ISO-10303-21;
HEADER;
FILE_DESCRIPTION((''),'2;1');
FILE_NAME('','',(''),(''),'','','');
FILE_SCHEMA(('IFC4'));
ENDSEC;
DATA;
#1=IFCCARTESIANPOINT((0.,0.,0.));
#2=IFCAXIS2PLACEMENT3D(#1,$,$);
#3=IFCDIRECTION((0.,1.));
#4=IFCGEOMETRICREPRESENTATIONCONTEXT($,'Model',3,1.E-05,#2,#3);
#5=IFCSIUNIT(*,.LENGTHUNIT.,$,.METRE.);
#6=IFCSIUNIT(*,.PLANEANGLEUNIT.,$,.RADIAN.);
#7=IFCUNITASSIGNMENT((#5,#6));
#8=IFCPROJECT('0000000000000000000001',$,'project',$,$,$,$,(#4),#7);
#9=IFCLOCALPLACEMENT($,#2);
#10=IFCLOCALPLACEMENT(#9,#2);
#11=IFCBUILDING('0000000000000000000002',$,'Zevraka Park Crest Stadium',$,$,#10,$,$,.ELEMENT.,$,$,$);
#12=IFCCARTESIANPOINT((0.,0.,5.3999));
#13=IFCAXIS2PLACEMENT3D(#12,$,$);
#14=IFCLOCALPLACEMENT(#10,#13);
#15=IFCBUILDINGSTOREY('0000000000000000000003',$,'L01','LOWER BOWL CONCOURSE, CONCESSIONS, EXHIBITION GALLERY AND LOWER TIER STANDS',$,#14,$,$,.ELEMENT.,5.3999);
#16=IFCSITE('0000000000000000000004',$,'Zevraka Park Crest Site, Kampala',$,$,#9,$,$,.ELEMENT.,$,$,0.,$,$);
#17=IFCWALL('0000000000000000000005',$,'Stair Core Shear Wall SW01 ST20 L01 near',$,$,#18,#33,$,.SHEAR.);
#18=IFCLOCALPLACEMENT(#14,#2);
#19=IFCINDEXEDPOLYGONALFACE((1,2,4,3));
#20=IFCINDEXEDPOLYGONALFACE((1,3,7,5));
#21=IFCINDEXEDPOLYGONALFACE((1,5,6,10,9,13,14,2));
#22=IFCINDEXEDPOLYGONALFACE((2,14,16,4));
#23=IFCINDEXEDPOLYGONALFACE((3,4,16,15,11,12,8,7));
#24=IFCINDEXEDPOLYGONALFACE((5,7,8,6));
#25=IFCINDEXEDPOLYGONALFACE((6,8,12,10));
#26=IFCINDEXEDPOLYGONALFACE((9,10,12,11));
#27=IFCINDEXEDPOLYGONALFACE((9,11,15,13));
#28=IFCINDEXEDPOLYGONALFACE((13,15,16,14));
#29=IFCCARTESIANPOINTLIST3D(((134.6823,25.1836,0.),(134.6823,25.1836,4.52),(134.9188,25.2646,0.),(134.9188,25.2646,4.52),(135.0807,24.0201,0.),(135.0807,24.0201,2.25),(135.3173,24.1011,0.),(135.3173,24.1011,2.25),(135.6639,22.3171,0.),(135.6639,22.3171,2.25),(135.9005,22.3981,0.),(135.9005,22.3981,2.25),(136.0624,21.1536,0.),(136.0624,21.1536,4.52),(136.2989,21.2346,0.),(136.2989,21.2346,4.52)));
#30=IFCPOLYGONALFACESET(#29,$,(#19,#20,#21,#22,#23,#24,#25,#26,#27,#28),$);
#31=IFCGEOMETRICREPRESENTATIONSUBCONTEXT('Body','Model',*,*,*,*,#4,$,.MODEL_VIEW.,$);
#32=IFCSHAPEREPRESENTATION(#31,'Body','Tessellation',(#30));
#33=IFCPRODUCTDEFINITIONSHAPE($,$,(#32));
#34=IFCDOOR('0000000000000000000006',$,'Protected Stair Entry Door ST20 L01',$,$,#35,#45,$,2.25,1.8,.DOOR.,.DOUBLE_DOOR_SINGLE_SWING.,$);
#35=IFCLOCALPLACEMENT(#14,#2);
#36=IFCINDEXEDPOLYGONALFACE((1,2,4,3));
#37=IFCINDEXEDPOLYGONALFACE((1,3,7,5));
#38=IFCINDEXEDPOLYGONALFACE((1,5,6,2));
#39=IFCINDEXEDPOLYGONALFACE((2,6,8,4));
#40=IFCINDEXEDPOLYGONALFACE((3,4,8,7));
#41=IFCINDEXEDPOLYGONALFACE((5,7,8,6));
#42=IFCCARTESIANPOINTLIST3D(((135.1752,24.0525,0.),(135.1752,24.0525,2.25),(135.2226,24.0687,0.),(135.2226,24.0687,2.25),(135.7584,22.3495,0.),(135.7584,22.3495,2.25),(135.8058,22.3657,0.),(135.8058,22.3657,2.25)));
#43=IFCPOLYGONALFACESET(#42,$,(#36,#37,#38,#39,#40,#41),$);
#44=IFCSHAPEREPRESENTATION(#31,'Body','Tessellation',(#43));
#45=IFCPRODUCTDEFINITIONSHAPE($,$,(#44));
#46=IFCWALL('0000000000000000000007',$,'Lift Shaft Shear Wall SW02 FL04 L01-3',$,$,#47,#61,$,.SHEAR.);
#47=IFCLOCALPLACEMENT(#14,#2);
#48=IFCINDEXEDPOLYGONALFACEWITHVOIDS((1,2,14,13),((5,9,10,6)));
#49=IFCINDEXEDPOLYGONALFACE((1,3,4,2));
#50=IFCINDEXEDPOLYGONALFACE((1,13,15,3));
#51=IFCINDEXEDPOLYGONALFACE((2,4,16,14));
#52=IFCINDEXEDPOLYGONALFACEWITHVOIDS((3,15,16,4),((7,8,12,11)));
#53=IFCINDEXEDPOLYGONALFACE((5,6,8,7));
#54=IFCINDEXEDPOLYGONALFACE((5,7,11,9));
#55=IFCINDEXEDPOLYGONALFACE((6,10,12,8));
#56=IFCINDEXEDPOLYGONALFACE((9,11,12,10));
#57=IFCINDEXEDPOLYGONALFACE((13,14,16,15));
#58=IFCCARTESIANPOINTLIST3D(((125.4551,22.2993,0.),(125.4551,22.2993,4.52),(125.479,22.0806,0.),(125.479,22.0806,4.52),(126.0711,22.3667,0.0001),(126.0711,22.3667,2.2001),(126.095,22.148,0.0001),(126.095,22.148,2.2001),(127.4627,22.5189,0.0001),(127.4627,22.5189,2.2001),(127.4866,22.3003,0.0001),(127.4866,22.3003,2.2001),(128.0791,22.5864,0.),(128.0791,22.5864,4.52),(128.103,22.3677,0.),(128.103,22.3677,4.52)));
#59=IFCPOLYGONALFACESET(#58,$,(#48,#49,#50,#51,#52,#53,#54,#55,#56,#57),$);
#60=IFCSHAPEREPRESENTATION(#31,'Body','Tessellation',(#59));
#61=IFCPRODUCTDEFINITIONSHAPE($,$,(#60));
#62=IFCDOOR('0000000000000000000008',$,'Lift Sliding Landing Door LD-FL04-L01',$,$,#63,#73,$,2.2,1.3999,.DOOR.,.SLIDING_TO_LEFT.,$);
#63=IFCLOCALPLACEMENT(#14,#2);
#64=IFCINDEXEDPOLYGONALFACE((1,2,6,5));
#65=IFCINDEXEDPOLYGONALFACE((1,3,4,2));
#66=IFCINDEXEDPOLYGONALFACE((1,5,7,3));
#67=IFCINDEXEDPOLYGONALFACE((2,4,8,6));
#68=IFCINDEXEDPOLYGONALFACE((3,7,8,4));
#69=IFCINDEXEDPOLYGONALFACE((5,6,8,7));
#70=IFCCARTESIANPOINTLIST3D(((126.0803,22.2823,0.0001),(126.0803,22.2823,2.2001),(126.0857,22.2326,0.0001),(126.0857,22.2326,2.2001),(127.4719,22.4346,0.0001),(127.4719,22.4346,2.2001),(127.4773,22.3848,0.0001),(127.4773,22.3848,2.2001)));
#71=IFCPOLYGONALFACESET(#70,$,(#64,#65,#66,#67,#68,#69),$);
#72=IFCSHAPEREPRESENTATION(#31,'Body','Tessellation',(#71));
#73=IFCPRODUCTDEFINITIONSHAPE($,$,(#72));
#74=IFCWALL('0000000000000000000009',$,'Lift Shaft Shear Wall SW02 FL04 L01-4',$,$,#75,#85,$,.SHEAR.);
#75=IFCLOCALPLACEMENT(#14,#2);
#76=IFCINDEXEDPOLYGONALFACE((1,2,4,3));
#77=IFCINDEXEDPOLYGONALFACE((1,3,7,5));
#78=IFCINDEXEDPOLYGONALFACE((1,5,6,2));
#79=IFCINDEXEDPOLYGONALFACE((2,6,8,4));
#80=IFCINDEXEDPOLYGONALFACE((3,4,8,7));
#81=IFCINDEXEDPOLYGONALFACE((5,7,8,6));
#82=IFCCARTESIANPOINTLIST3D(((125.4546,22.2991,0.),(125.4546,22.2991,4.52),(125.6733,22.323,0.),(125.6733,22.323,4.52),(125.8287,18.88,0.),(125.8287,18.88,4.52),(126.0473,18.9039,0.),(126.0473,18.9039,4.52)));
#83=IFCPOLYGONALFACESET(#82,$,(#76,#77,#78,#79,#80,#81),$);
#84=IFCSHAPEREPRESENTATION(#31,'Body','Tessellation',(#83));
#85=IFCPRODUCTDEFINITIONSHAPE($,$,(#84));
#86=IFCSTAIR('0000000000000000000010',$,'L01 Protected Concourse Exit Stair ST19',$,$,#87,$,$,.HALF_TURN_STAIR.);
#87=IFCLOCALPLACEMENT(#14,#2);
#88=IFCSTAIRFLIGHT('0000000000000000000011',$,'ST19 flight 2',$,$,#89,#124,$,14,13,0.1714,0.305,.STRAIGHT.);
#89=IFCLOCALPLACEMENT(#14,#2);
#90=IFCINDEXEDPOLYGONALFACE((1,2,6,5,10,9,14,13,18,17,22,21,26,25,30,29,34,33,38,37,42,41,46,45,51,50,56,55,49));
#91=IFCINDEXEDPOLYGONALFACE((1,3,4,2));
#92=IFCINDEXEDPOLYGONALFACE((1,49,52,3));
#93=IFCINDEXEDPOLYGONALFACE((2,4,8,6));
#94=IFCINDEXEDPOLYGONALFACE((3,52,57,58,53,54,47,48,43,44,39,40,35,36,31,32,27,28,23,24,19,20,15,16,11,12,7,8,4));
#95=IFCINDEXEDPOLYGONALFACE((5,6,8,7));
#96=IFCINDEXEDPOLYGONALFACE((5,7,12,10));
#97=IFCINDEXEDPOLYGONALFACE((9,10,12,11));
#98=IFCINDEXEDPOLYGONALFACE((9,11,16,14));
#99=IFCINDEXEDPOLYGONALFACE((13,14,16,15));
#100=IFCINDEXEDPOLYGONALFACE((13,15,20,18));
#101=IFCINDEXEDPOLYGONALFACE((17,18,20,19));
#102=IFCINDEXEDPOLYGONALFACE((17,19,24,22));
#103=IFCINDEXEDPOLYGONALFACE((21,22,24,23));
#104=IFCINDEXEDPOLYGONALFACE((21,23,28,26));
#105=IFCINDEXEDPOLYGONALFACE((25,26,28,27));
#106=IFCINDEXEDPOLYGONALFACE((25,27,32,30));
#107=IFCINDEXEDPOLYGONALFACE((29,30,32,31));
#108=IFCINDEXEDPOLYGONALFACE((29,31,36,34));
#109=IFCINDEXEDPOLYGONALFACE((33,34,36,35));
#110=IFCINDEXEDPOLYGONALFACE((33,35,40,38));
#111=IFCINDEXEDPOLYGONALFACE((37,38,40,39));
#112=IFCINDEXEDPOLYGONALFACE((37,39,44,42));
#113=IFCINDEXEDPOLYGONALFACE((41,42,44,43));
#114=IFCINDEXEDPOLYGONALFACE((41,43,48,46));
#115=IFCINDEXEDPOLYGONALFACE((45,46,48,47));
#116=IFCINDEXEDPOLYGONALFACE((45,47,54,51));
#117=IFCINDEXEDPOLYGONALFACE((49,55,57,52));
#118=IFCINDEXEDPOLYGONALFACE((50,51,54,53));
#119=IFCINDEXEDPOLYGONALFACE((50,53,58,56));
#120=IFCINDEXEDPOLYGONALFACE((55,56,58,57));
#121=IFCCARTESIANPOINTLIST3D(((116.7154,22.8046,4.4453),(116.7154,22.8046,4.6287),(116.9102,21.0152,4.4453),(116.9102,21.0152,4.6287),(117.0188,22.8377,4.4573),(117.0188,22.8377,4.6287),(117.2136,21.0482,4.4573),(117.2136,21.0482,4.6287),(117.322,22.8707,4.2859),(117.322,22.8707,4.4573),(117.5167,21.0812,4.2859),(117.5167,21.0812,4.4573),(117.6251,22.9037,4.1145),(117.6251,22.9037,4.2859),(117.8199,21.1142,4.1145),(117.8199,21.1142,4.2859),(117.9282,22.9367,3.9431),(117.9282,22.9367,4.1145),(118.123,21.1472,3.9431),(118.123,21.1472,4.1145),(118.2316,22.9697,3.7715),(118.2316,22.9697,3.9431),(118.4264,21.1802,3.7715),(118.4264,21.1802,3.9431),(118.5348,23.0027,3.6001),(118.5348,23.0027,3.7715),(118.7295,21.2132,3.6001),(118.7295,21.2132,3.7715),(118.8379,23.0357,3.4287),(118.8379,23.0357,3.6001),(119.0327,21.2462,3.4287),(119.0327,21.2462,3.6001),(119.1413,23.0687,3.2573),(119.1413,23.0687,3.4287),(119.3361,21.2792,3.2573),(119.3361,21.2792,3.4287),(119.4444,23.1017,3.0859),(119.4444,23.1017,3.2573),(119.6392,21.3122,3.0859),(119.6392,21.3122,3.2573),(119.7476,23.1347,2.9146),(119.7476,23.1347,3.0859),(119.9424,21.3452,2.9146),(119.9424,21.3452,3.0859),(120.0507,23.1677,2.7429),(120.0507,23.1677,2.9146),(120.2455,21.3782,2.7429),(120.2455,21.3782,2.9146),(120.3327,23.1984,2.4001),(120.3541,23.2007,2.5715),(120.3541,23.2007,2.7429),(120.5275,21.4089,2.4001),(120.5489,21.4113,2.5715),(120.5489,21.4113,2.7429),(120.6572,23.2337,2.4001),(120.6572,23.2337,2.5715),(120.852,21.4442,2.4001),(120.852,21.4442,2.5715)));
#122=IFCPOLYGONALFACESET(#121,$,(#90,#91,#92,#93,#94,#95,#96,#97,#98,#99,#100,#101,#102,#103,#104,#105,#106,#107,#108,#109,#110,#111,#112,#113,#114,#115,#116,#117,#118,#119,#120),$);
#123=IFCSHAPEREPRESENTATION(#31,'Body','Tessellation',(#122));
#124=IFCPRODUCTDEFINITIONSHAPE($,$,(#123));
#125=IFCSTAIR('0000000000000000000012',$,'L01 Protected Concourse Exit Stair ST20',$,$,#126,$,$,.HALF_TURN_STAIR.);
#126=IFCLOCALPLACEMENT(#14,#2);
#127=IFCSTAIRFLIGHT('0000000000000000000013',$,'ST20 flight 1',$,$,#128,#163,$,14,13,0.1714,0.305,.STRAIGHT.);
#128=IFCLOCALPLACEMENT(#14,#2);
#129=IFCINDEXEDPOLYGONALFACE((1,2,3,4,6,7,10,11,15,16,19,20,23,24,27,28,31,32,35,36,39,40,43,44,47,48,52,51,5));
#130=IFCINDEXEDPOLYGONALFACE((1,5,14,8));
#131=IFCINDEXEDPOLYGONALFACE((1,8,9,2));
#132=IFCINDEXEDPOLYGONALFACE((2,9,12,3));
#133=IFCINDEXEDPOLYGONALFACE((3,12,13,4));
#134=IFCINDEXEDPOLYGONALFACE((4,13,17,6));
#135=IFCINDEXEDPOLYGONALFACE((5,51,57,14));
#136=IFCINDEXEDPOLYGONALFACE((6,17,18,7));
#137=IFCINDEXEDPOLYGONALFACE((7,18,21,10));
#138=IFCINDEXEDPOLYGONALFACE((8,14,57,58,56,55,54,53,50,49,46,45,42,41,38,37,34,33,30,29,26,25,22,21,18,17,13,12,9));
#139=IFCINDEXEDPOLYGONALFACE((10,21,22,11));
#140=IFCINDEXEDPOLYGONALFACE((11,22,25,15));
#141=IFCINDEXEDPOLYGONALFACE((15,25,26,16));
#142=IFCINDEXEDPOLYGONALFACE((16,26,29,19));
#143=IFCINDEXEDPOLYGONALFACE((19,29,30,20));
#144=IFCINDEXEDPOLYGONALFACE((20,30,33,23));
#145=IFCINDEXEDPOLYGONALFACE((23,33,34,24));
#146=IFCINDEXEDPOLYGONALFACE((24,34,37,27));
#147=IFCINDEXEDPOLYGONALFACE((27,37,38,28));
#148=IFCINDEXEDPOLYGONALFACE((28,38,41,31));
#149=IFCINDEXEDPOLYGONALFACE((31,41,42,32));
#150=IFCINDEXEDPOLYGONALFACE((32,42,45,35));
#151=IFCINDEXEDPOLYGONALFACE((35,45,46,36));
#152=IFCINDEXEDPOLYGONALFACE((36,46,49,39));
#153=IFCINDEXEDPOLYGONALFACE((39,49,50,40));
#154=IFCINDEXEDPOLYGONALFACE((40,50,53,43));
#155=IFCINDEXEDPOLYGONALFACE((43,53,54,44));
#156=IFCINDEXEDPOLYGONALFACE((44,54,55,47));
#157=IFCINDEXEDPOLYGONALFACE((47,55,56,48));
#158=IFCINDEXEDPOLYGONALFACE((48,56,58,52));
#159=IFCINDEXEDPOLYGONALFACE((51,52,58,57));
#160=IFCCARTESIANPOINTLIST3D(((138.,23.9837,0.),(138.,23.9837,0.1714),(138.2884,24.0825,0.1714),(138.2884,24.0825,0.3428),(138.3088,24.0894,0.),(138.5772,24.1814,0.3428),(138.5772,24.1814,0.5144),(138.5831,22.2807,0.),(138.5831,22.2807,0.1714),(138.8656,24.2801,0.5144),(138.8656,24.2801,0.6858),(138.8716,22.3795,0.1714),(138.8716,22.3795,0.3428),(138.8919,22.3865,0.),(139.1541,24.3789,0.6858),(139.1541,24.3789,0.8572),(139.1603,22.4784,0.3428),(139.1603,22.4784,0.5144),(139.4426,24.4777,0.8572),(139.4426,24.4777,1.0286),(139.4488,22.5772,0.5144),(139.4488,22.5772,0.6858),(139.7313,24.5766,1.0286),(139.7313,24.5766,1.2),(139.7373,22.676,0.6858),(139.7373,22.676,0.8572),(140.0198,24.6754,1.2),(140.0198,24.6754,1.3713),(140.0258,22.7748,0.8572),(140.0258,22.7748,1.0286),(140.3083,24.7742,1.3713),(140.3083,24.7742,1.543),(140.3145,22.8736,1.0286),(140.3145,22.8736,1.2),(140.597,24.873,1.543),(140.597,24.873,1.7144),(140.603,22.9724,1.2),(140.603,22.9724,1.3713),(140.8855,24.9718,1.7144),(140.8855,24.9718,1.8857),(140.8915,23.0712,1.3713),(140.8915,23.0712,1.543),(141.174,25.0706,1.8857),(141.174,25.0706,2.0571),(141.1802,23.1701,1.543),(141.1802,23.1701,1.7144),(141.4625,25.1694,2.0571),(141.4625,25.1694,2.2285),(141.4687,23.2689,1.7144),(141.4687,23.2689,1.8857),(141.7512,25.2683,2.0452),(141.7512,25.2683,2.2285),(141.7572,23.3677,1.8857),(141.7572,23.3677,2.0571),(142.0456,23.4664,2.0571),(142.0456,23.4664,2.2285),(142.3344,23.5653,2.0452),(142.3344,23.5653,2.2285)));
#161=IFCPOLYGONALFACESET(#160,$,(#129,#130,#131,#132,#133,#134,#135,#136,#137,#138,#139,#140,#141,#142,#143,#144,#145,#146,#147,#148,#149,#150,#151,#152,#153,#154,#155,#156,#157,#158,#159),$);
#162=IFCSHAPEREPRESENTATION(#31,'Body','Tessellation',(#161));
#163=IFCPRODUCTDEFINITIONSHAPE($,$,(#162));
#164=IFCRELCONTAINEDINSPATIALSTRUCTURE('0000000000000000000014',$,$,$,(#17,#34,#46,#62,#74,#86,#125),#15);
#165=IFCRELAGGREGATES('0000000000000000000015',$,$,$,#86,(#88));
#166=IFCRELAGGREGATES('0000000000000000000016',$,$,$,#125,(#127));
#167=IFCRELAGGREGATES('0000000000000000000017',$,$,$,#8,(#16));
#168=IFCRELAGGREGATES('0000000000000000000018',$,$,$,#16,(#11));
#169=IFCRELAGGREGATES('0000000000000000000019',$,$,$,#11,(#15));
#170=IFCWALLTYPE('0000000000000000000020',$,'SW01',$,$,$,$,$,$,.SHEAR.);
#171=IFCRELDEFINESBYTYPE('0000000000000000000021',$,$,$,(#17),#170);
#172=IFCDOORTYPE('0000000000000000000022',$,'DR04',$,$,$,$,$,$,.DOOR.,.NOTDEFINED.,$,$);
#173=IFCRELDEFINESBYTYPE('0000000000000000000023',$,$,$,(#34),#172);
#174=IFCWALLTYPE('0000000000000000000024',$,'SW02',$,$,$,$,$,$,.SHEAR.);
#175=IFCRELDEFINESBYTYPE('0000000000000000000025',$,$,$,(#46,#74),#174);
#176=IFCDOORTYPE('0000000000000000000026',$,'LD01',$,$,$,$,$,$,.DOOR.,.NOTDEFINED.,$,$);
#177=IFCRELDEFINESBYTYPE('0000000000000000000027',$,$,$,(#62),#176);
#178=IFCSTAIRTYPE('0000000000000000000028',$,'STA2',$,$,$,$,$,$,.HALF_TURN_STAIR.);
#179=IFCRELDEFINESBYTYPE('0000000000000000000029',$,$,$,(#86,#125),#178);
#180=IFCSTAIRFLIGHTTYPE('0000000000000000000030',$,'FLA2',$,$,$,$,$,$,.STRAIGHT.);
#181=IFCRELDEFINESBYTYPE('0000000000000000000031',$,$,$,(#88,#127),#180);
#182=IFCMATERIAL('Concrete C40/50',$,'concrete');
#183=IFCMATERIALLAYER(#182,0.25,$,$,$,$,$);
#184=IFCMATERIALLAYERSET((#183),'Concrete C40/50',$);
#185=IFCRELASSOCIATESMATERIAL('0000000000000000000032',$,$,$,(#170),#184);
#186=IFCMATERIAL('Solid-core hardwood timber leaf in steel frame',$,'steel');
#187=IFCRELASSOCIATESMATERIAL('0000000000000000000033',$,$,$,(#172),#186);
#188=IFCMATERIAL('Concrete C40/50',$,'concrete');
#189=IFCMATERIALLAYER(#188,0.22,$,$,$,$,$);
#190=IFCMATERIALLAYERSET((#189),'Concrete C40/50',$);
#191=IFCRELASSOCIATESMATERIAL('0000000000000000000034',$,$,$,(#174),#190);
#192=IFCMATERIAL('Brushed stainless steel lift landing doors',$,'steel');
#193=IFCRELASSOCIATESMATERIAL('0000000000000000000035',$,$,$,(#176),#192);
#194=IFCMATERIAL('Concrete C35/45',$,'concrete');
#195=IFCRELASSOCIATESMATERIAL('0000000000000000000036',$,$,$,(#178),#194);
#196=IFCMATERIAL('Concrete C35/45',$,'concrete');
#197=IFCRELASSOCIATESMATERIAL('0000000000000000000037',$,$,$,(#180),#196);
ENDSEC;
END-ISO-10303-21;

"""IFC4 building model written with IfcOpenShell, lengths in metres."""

from ifc_helpers import new_model, si_unit, direction, frame, frame_2d, origin, place, context, subcontext, project, spatial, polyline, rectangle, outline, extrude, material, layer, layer_set, type_object, element, fill, aggregate, save


model = new_model("IFC4")

# Units and contexts
model_context = context("Model", 3, precision=1e-05, world=origin(), true_north=direction((0.0, 1.0)))
body_context = subcontext(model_context, "Body", "Model", "MODEL_VIEW")
ifc_project = project(units=[si_unit("LENGTHUNIT", "METRE"), si_unit("PLANEANGLEUNIT", "RADIAN")], contexts=[model_context])

# Site, building, storey
site_placement = place(None, origin())
site = spatial("IfcSite", under=ifc_project, at=site_placement, Name="Zevraka Park Crest Site, Kampala", CompositionType="ELEMENT", RefElevation=0.0)
building_placement = place(site_placement, origin())
building = spatial("IfcBuilding", under=site, at=building_placement, Name="Zevraka Park Crest Stadium", CompositionType="ELEMENT")
storey_placement = place(building_placement, frame((0.0, 0.0, 5.3999)))
storey = spatial("IfcBuildingStorey", under=building, at=storey_placement, Name="L01", Description="LOWER BOWL CONCOURSE, CONCESSIONS, EXHIBITION GALLERY AND LOWER TIER STANDS", CompositionType="ELEMENT", Elevation=5.3999)

# Shared definitions
ifc_material_1 = material(Name="Concrete C40/50", Category="concrete")
ifc_layer_1 = layer(ifc_material_1, 0.25)
ifc_layer_set_1 = layer_set([ifc_layer_1], Name="Concrete C40/50")
wall_type_1 = type_object("IfcWallType", Name="SW01", PredefinedType="SHEAR", material=ifc_layer_set_1)

# Walls, openings, doors
wall_1_placement = place(storey_placement, frame((134.8005, 25.2241, 0.0), z_axis=(0.0, 0.0, 1.0), x_axis=(0.323989, -0.946061, 0.0)))
wall_1 = element("IfcWall", 1, at=wall_1_placement, inside=storey, type_object=wall_type_1, Name="Stair Core Shear Wall SW01 ST20 L01 near", PredefinedType="SHEAR", context=body_context, shape_type="SweptSolid", body=[
    extrude(rectangle(XDim=4.2598, YDim=0.25, at=frame_2d((2.1299, 0.0))), origin(), (0.0, 0.0, 1.0), 4.52),
])
opening_1_placement = place(wall_1_placement, frame((1.23, 0.0, 0.0)))
opening_1 = element("IfcOpeningElement", 2, at=opening_1_placement, cuts=wall_1, PredefinedType="OPENING", context=body_context, shape_type="SweptSolid", body=[
    extrude(rectangle(XDim=1.8, YDim=2.25, at=frame_2d((0.8999, 1.125))), frame((0.0, 0.135, 0.0), z_axis=(0.0, -1.0, 0.0), x_axis=(1.0, 0.0, 0.0)), (0.0, 0.0, 1.0), 0.27),
])
ifc_material_2 = material(Name="Solid-core hardwood timber leaf in steel frame", Category="steel")
door_type_1 = type_object("IfcDoorType", Name="DR04", OperationType="NOTDEFINED", PredefinedType="DOOR", material=ifc_material_2)
door_1_placement = place(opening_1_placement, origin())
door_1 = element("IfcDoor", 3, at=door_1_placement, inside=storey, type_object=door_type_1, Name="Protected Stair Entry Door ST20 L01", OperationType="DOUBLE_DOOR_SINGLE_SWING", OverallHeight=2.25, OverallWidth=1.8, PredefinedType="DOOR", context=body_context, shape_type="SweptSolid", body=[
    extrude(rectangle(XDim=1.8, YDim=2.25, at=frame_2d((0.8999, 1.125))), frame((0.0, 0.0249, 0.0), z_axis=(0.0, -1.0, 0.0), x_axis=(1.0, 0.0, 0.0)), (0.0, 0.0, 1.0), 0.05),
])
fill(opening_1, door_1)
ifc_material_3 = material(Name="Concrete C40/50", Category="concrete")
ifc_layer_2 = layer(ifc_material_3, 0.22)
ifc_layer_set_2 = layer_set([ifc_layer_2], Name="Concrete C40/50")
wall_type_2 = type_object("IfcWallType", Name="SW02", PredefinedType="SHEAR", material=ifc_layer_set_2)
wall_2_placement = place(storey_placement, frame((128.0911, 22.4771, 0.0), z_axis=(0.0, 0.0, 1.0), x_axis=(-0.994067, -0.108767, 0.0)))
wall_2 = element("IfcWall", 4, at=wall_2_placement, inside=storey, type_object=wall_type_2, Name="Lift Shaft Shear Wall SW02 FL04 L01-3", PredefinedType="SHEAR", context=body_context, shape_type="SweptSolid", body=[
    extrude(rectangle(XDim=2.6396, YDim=0.22, at=frame_2d((1.3198, 0.0))), origin(), (0.0, 0.0, 1.0), 4.52),
])
opening_2_placement = place(wall_2_placement, frame((0.6201, 0.0, 0.0)))
opening_2 = element("IfcOpeningElement", 5, at=opening_2_placement, cuts=wall_2, PredefinedType="OPENING", context=body_context, shape_type="SweptSolid", body=[
    extrude(rectangle(XDim=1.3999, YDim=2.2, at=frame_2d((0.7, 1.1001))), frame((0.0, 0.1199, 0.0), z_axis=(0.0, -1.0, 0.0), x_axis=(1.0, 0.0, 0.0)), (0.0, 0.0, 1.0), 0.24),
])
ifc_material_4 = material(Name="Brushed stainless steel lift landing doors", Category="steel")
door_type_2 = type_object("IfcDoorType", Name="LD01", OperationType="NOTDEFINED", PredefinedType="DOOR", material=ifc_material_4)
door_2_placement = place(opening_2_placement, origin())
door_2 = element("IfcDoor", 6, at=door_2_placement, inside=storey, type_object=door_type_2, Name="Lift Sliding Landing Door LD-FL04-L01", OperationType="SLIDING_TO_LEFT", OverallHeight=2.2, OverallWidth=1.3999, PredefinedType="DOOR", context=body_context, shape_type="SweptSolid", body=[
    extrude(rectangle(XDim=1.3999, YDim=2.2, at=frame_2d((0.7, 1.1001))), frame((0.0, 0.0249, 0.0), z_axis=(0.0, -1.0, 0.0), x_axis=(1.0, 0.0, 0.0)), (0.0, 0.0, 1.0), 0.05),
])
fill(opening_2, door_2)

# Wall
wall_3_placement = place(storey_placement, frame((125.564, 22.311, 0.0), z_axis=(0.0, 0.0, 1.0), x_axis=(0.108749, -0.994069, 0.0)))
element("IfcWall", 7, at=wall_3_placement, inside=storey, type_object=wall_type_2, Name="Lift Shaft Shear Wall SW02 FL04 L01-4", PredefinedType="SHEAR", context=body_context, shape_type="SweptSolid", body=[
    extrude(rectangle(XDim=3.4395, YDim=0.22, at=frame_2d((1.7197, 0.0))), origin(), (0.0, 0.0, 1.0), 4.52),
])

# Stairs, stair flights
ifc_material_5 = material(Name="Concrete C35/45", Category="concrete")
stair_type = type_object("IfcStairType", Name="STA2", PredefinedType="HALF_TURN_STAIR", material=ifc_material_5)
stair_1_placement = place(storey_placement, origin())
stair_1 = element("IfcStair", 8, at=stair_1_placement, inside=storey, type_object=stair_type, Name="L01 Protected Concourse Exit Stair ST19", PredefinedType="HALF_TURN_STAIR")
ifc_material_6 = material(Name="Concrete C35/45", Category="concrete")
stair_flight_type = type_object("IfcStairFlightType", Name="FLA2", PredefinedType="STRAIGHT", material=ifc_material_6)
stair_flight_1_placement = place(storey_placement, frame((120.7546, 22.3389, 2.4001), z_axis=(0.0, 0.0, 1.0), x_axis=(-0.994128, -0.108215, 0.0)))
stair_flight_1 = element("IfcStairFlight", 9, at=stair_flight_1_placement, type_object=stair_flight_type, Name="ST19 flight 2", NumberOfRisers=14, NumberOfTreads=13, PredefinedType="STRAIGHT", RiserHeight=0.1714, TreadLength=0.305, context=body_context, shape_type="SweptSolid", body=[
    extrude(outline(polyline([(0.0, 0.0), (0.0, 0.1714), (0.3049, 0.1714), (0.3049, 0.3428), (0.6101, 0.3428), (0.6101, 0.5144), (0.915, 0.5144), (0.915, 0.6858), (1.22, 0.6858), (1.22, 0.8572), (1.5249, 0.8572), (1.5249, 1.0286), (1.8301, 1.0286), (1.8301, 1.2), (2.135, 1.2), (2.135, 1.3713), (2.4399, 1.3713), (2.4399, 1.543), (2.7451, 1.543), (2.7451, 1.7144), (3.05, 1.7144), (3.05, 1.8857), (3.355, 1.8857), (3.355, 2.0571), (3.6599, 2.0571), (3.6599, 2.2285), (3.9651, 2.2285), (3.9651, 2.3999), (3.9651, 2.0452), (0.3264, 0.0), (0.0, 0.0)])), frame((0.0, 0.8999, 0.0), z_axis=(0.0, -1.0, 0.0), x_axis=(1.0, 0.0, 0.0)), (0.0, 0.0, 1.0), 1.8),
])
aggregate(stair_1, [stair_flight_1])
stair_2_placement = place(storey_placement, origin())
stair_2 = element("IfcStair", 10, at=stair_2_placement, inside=storey, type_object=stair_type, Name="L01 Protected Concourse Exit Stair ST20", PredefinedType="HALF_TURN_STAIR")
stair_flight_2_placement = place(storey_placement, frame((138.2915, 23.1323, 0.0), z_axis=(0.0, 0.0, 1.0), x_axis=(0.946066, 0.323974, 0.0)))
stair_flight_2 = element("IfcStairFlight", 11, at=stair_flight_2_placement, type_object=stair_flight_type, Name="ST20 flight 1", NumberOfRisers=14, NumberOfTreads=13, PredefinedType="STRAIGHT", RiserHeight=0.1714, TreadLength=0.305, context=body_context, shape_type="SweptSolid", body=[
    extrude(outline(polyline([(0.0, 0.0), (0.0, 0.1714), (0.3049, 0.1714), (0.3049, 0.3428), (0.6101, 0.3428), (0.6101, 0.5144), (0.915, 0.5144), (0.915, 0.6858), (1.22, 0.6858), (1.22, 0.8572), (1.5249, 0.8572), (1.5249, 1.0286), (1.8301, 1.0286), (1.8301, 1.2), (2.135, 1.2), (2.135, 1.3713), (2.4399, 1.3713), (2.4399, 1.543), (2.7451, 1.543), (2.7451, 1.7144), (3.05, 1.7144), (3.05, 1.8857), (3.355, 1.8857), (3.355, 2.0571), (3.6599, 2.0571), (3.6599, 2.2285), (3.9651, 2.2285), (3.9651, 2.3999), (3.9651, 2.0452), (0.3264, 0.0), (0.0, 0.0)])), frame((0.0, 0.8999, 0.0), z_axis=(0.0, -1.0, 0.0), x_axis=(1.0, 0.0, 0.0)), (0.0, 0.0, 1.0), 1.8),
])
aggregate(stair_2, [stair_flight_2])

save(model, "model.ifc")
